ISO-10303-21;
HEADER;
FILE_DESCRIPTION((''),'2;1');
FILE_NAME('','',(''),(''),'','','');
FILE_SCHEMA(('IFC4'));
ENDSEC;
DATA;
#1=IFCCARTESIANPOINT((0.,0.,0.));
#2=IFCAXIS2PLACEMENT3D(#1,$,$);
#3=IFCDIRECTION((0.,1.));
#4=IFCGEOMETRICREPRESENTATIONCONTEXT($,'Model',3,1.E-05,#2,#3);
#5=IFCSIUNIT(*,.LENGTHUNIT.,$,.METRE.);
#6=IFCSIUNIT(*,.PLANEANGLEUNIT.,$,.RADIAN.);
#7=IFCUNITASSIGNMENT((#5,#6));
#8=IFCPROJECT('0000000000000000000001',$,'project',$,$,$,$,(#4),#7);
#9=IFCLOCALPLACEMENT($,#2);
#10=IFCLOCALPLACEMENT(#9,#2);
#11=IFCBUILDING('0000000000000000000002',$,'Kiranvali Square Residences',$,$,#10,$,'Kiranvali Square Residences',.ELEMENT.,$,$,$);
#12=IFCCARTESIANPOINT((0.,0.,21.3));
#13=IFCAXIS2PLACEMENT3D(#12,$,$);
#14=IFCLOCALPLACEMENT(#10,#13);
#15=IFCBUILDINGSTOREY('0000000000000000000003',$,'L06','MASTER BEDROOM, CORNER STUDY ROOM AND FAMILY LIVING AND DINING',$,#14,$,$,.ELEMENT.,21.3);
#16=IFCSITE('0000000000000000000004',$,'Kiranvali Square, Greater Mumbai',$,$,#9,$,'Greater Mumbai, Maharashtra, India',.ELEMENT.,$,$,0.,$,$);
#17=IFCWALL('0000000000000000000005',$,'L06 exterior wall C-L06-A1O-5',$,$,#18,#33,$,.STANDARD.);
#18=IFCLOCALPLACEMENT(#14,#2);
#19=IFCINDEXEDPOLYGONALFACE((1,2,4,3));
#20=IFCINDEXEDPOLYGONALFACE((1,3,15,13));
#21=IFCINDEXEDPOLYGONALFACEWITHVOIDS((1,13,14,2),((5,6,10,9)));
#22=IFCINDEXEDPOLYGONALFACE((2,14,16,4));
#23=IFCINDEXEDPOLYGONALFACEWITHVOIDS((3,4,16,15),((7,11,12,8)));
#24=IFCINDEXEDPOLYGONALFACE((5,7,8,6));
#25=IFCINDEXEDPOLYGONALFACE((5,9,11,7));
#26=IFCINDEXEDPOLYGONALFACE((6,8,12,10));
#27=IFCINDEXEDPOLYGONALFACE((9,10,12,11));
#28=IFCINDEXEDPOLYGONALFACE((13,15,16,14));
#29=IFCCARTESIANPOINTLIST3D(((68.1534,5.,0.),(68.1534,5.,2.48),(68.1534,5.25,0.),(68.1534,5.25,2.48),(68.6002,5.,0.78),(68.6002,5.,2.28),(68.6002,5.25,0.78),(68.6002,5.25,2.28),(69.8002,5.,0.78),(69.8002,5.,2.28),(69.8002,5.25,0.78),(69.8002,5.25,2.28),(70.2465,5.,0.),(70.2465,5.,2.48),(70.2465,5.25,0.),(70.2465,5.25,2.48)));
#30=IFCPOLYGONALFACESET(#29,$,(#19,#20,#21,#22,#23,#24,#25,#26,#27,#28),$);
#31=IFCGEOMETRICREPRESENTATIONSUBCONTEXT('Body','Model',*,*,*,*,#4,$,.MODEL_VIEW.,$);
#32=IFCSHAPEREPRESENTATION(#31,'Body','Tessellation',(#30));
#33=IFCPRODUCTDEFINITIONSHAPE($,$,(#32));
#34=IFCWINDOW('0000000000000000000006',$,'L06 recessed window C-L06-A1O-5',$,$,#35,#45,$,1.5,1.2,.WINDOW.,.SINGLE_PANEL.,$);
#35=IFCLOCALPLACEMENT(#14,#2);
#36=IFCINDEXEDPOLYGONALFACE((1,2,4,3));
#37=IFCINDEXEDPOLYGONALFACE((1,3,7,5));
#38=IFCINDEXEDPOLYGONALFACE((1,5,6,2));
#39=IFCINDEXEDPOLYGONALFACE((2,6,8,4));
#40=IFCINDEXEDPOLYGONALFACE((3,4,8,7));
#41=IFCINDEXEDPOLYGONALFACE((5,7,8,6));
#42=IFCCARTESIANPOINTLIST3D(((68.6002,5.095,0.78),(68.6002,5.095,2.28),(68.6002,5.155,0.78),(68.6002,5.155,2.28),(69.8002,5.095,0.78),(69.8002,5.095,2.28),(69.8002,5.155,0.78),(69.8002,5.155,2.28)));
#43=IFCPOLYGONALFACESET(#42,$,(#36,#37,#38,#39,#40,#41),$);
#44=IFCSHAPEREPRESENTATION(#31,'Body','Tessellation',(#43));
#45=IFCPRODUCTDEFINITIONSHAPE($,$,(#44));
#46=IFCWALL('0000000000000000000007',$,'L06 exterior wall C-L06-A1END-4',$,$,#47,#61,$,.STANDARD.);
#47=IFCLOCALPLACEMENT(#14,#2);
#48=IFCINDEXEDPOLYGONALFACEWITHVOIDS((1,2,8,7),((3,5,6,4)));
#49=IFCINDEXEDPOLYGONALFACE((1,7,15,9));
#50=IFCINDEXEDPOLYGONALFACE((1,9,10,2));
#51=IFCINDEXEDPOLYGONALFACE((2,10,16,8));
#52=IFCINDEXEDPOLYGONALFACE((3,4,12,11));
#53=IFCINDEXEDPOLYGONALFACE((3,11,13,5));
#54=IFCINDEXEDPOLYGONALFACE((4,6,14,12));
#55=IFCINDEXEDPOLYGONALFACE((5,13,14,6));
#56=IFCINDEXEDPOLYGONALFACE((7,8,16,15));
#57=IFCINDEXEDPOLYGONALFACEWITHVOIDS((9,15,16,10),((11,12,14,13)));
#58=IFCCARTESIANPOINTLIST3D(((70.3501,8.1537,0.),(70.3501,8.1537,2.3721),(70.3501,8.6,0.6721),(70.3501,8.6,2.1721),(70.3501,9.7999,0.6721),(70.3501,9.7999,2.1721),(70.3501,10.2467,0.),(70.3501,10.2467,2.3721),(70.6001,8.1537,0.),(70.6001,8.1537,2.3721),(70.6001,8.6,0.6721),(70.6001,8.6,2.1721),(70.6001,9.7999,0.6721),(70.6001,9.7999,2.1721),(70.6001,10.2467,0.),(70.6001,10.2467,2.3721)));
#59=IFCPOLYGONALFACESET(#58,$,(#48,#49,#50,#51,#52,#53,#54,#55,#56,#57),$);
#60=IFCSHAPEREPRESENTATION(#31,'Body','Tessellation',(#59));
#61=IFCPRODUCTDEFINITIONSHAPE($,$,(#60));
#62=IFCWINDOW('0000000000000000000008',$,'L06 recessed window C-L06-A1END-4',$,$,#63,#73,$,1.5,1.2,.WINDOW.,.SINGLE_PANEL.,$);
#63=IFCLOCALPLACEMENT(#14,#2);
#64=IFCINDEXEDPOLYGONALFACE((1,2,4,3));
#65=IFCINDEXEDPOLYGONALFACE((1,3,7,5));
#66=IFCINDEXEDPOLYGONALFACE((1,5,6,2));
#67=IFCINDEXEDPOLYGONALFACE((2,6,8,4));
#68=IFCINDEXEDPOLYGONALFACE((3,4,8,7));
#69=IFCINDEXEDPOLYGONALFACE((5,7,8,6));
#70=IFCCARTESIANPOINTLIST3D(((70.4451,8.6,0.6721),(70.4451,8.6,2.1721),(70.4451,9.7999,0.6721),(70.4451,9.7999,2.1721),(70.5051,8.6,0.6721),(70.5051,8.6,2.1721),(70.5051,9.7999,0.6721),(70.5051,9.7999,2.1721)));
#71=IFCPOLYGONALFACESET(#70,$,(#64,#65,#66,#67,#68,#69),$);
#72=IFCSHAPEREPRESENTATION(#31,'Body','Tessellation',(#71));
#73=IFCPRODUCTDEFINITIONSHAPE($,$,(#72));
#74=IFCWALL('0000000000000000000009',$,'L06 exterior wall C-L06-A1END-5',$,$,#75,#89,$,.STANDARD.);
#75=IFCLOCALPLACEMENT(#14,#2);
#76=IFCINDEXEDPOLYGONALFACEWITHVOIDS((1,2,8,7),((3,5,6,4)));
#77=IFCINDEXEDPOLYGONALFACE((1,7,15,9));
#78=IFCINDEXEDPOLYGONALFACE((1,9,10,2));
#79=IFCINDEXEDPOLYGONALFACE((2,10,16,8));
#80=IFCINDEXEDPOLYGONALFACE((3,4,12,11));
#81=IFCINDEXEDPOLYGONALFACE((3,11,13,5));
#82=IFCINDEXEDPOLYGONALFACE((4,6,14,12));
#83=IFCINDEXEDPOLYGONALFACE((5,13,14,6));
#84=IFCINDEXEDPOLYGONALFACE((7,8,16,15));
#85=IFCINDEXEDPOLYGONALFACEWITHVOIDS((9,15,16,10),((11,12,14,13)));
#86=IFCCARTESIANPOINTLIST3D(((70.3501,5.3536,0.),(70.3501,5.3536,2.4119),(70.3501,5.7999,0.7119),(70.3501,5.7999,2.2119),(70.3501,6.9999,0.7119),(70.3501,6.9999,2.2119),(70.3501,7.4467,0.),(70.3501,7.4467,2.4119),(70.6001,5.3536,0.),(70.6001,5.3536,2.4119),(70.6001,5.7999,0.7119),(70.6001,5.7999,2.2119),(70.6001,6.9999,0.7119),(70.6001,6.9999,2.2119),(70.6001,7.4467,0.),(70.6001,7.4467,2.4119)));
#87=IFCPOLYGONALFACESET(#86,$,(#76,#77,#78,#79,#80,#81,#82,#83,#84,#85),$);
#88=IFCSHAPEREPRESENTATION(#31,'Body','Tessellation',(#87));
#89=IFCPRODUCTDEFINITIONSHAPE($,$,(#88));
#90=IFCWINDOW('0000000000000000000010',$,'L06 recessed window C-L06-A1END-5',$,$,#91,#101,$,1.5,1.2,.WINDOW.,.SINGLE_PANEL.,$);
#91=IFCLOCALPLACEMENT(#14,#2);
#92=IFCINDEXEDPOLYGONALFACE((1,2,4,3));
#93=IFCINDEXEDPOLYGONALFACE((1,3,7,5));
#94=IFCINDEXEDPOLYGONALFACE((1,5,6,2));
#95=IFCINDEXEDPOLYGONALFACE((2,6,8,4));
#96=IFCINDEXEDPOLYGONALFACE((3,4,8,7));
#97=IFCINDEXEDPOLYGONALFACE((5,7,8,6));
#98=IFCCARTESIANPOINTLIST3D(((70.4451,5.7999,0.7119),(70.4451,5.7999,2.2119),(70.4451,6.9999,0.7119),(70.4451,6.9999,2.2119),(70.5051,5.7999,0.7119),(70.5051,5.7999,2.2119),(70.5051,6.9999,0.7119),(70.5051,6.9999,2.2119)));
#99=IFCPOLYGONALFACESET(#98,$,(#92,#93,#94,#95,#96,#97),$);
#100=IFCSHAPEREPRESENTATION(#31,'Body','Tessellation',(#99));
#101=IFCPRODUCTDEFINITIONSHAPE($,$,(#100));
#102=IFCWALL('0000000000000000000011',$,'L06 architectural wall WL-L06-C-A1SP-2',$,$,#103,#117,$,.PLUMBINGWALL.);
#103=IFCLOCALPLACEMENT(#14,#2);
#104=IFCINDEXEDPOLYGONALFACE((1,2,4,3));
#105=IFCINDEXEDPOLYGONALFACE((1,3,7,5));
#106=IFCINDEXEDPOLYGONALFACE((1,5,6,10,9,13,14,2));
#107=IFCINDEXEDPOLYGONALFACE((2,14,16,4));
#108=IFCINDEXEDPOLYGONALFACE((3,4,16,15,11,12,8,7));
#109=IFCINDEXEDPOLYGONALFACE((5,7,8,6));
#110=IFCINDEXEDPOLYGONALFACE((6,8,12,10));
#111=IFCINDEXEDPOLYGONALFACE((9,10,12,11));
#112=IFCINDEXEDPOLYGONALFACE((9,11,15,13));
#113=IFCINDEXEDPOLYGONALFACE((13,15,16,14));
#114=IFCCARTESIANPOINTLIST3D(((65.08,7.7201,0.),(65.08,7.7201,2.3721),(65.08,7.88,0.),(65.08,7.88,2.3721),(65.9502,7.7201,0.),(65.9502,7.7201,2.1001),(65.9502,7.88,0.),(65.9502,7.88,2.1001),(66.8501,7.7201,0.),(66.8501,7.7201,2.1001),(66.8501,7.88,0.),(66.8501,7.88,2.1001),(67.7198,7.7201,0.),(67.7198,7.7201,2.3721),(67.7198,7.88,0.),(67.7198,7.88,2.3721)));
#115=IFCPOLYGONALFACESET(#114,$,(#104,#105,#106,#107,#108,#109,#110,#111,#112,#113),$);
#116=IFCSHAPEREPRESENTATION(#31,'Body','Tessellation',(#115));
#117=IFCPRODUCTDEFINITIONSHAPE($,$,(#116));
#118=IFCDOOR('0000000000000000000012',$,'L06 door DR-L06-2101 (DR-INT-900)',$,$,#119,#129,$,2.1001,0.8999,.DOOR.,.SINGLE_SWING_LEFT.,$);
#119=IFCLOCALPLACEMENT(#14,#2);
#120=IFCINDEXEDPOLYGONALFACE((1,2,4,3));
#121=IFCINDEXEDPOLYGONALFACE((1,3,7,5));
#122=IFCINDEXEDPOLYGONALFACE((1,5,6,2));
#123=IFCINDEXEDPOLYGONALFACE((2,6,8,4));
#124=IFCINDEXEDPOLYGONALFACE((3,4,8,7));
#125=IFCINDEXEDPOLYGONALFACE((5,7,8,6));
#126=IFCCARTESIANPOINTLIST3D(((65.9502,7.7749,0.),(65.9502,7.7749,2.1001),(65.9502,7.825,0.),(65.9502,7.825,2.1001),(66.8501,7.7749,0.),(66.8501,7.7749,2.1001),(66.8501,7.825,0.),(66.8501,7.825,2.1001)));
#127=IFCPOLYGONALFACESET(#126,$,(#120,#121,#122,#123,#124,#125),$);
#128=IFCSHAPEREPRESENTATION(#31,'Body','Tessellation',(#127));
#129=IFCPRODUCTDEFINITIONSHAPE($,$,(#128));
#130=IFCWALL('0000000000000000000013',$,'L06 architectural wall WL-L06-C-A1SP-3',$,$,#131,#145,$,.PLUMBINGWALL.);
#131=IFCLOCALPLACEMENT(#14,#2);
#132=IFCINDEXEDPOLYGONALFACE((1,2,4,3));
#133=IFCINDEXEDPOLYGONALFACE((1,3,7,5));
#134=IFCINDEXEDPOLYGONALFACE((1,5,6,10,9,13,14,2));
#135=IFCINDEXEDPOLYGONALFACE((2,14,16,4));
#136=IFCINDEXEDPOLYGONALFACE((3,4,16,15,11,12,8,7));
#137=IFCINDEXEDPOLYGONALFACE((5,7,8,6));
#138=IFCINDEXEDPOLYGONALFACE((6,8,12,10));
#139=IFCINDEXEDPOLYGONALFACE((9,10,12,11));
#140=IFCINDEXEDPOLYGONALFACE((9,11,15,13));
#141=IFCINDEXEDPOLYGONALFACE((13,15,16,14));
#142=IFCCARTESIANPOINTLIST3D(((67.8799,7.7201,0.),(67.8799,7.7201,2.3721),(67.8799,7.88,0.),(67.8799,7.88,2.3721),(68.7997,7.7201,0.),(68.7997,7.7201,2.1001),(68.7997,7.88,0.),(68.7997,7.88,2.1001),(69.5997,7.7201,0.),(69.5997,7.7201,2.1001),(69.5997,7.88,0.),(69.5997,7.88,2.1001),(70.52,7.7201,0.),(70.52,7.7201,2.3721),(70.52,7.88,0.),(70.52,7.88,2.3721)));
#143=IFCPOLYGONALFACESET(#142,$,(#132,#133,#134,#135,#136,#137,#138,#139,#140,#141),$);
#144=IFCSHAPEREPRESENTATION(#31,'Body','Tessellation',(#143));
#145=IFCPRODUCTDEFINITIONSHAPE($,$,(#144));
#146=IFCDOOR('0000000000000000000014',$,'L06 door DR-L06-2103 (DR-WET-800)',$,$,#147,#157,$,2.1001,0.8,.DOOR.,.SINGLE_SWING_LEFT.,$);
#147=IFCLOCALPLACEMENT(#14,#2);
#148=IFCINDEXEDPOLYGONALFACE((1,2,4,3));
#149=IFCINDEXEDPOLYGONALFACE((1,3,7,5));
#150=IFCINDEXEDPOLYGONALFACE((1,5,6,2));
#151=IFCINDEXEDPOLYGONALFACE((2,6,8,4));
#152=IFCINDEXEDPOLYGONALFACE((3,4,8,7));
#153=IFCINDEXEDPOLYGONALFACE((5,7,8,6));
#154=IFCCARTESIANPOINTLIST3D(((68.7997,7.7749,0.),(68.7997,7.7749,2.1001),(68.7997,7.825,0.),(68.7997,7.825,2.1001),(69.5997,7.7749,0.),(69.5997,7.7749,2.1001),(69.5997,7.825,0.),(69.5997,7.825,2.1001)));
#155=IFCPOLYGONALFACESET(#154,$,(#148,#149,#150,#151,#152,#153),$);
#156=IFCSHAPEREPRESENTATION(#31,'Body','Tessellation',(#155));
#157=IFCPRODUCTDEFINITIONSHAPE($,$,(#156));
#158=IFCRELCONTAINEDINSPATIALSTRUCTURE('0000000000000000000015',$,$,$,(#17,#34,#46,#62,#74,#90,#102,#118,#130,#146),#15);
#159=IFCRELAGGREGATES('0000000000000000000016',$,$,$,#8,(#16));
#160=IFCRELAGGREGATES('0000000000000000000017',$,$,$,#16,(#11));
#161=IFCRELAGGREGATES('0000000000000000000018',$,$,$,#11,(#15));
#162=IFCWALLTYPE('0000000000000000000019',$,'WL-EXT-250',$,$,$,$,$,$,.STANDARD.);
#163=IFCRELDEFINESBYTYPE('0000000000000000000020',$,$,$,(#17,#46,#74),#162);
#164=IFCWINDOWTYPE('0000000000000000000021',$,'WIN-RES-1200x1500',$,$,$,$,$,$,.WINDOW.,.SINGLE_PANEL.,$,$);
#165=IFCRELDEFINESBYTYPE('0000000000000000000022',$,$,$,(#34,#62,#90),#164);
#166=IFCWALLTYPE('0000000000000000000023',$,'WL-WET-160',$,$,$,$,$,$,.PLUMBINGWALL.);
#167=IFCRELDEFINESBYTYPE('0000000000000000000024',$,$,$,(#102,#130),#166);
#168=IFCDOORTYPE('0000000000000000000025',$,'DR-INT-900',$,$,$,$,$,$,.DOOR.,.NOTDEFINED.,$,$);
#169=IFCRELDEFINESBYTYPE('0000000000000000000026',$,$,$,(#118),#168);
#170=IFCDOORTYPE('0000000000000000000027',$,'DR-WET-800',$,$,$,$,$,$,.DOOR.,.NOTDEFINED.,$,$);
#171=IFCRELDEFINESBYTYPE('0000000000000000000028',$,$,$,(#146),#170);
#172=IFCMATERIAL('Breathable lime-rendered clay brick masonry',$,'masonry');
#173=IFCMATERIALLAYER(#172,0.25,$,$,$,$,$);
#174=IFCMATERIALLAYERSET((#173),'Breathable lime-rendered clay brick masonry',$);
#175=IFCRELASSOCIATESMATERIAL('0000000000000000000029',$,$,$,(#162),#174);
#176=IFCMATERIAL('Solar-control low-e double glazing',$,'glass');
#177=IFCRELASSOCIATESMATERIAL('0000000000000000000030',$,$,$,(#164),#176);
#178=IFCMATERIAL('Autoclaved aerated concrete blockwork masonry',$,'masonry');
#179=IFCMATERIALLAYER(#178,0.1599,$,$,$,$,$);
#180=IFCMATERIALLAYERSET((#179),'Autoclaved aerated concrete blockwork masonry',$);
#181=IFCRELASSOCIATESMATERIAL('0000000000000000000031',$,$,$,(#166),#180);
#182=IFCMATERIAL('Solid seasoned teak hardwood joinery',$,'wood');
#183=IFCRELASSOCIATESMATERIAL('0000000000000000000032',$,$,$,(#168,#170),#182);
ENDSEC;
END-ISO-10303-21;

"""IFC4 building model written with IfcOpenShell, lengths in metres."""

from ifc_helpers import new_model, si_unit, direction, frame, frame_2d, origin, place, context, subcontext, project, spatial, rectangle, extrude, material, layer, layer_set, type_object, element, fill, save


model = new_model("IFC4")

# Units and contexts
model_context = context("Model", 3, precision=1e-05, world=origin(), true_north=direction((0.0, 1.0)))
body_context = subcontext(model_context, "Body", "Model", "MODEL_VIEW")
ifc_project = project(units=[si_unit("LENGTHUNIT", "METRE"), si_unit("PLANEANGLEUNIT", "RADIAN")], contexts=[model_context])

# Site, building, storey
site_placement = place(None, origin())
site = spatial("IfcSite", under=ifc_project, at=site_placement, Name="Kiranvali Square, Greater Mumbai", LongName="Greater Mumbai, Maharashtra, India", CompositionType="ELEMENT", RefElevation=0.0)
building_placement = place(site_placement, origin())
building = spatial("IfcBuilding", under=site, at=building_placement, Name="Kiranvali Square Residences", LongName="Kiranvali Square Residences", CompositionType="ELEMENT")
storey_placement = place(building_placement, frame((0.0, 0.0, 21.3)))
storey = spatial("IfcBuildingStorey", under=building, at=storey_placement, Name="L06", Description="MASTER BEDROOM, CORNER STUDY ROOM AND FAMILY LIVING AND DINING", CompositionType="ELEMENT", Elevation=21.3)

# Walls, openings, windows
ifc_material_1 = material(Name="Breathable lime-rendered clay brick masonry", Category="masonry")
ifc_layer_1 = layer(ifc_material_1, 0.25)
ifc_layer_set_1 = layer_set([ifc_layer_1], Name="Breathable lime-rendered clay brick masonry")
wall_type_1 = type_object("IfcWallType", Name="WL-EXT-250", PredefinedType="STANDARD", material=ifc_layer_set_1)
ifc_material_2 = material(Name="Solar-control low-e double glazing", Category="glass")
wall_1_placement = place(storey_placement, frame((68.1536, 5.125, 0.0), z_axis=(0.0, 0.0, 1.0), x_axis=(1.0, 0.0, 0.0)))
wall_1 = element("IfcWall", 1, at=wall_1_placement, inside=storey, type_object=wall_type_1, Name="L06 exterior wall C-L06-A1O-5", PredefinedType="STANDARD", context=body_context, shape_type="SweptSolid", body=[
    extrude(rectangle(XDim=2.093, YDim=0.25, at=frame_2d((1.0464, 0.0))), origin(), (0.0, 0.0, 1.0), 2.48),
])
opening_1_placement = place(wall_1_placement, frame((0.4465, 0.0, 0.78)))
opening_1 = element("IfcOpeningElement", 2, at=opening_1_placement, cuts=wall_1, PredefinedType="OPENING", context=body_context, shape_type="SweptSolid", body=[
    extrude(rectangle(XDim=1.2, YDim=1.5, at=frame_2d((0.6001, 0.75))), frame((0.0, 0.135, 0.0), z_axis=(0.0, -1.0, 0.0), x_axis=(1.0, 0.0, 0.0)), (0.0, 0.0, 1.0), 0.27),
])
window_type_1 = type_object("IfcWindowType", Name="WIN-RES-1200x1500", PartitioningType="SINGLE_PANEL", PredefinedType="WINDOW", material=ifc_material_2)
window_1_placement = place(opening_1_placement, origin())
window_1 = element("IfcWindow", 3, at=window_1_placement, inside=storey, type_object=window_type_1, Name="L06 recessed window C-L06-A1O-5", OverallHeight=1.5, OverallWidth=1.2, PartitioningType="SINGLE_PANEL", PredefinedType="WINDOW", context=body_context, shape_type="SweptSolid", body=[
    extrude(rectangle(XDim=1.2, YDim=1.5, at=frame_2d((0.6001, 0.75))), frame((0.0, 0.03, 0.0), z_axis=(0.0, -1.0, 0.0), x_axis=(1.0, 0.0, 0.0)), (0.0, 0.0, 1.0), 0.0601),
])
fill(opening_1, window_1)
wall_2_placement = place(storey_placement, frame((70.4751, 10.2466, 0.0), z_axis=(0.0, 0.0, 1.0), x_axis=(0.0, -1.0, 0.0)))
wall_2 = element("IfcWall", 4, at=wall_2_placement, inside=storey, type_object=wall_type_1, Name="L06 exterior wall C-L06-A1END-4", PredefinedType="STANDARD", context=body_context, shape_type="SweptSolid", body=[
    extrude(rectangle(XDim=2.093, YDim=0.25, at=frame_2d((1.0464, 0.0))), origin(), (0.0, 0.0, 1.0), 2.3721),
])
opening_2_placement = place(wall_2_placement, frame((0.4465, 0.0, 0.6721)))
opening_2 = element("IfcOpeningElement", 5, at=opening_2_placement, cuts=wall_2, PredefinedType="OPENING", context=body_context, shape_type="SweptSolid", body=[
    extrude(rectangle(XDim=1.2, YDim=1.5, at=frame_2d((0.6001, 0.75))), frame((0.0, 0.135, 0.0), z_axis=(0.0, -1.0, 0.0), x_axis=(1.0, 0.0, 0.0)), (0.0, 0.0, 1.0), 0.27),
])
window_2_placement = place(opening_2_placement, origin())
window_2 = element("IfcWindow", 6, at=window_2_placement, inside=storey, type_object=window_type_1, Name="L06 recessed window C-L06-A1END-4", OverallHeight=1.5, OverallWidth=1.2, PartitioningType="SINGLE_PANEL", PredefinedType="WINDOW", context=body_context, shape_type="SweptSolid", body=[
    extrude(rectangle(XDim=1.2, YDim=1.5, at=frame_2d((0.6001, 0.75))), frame((0.0, 0.03, 0.0), z_axis=(0.0, -1.0, 0.0), x_axis=(1.0, 0.0, 0.0)), (0.0, 0.0, 1.0), 0.0601),
])
fill(opening_2, window_2)
wall_3_placement = place(storey_placement, frame((70.4751, 7.4465, 0.0), z_axis=(0.0, 0.0, 1.0), x_axis=(0.0, -1.0, 0.0)))
wall_3 = element("IfcWall", 7, at=wall_3_placement, inside=storey, type_object=wall_type_1, Name="L06 exterior wall C-L06-A1END-5", PredefinedType="STANDARD", context=body_context, shape_type="SweptSolid", body=[
    extrude(rectangle(XDim=2.093, YDim=0.25, at=frame_2d((1.0464, 0.0))), origin(), (0.0, 0.0, 1.0), 2.4119),
])
opening_3_placement = place(wall_3_placement, frame((0.4465, 0.0, 0.7119)))
opening_3 = element("IfcOpeningElement", 8, at=opening_3_placement, cuts=wall_3, PredefinedType="OPENING", context=body_context, shape_type="SweptSolid", body=[
    extrude(rectangle(XDim=1.2, YDim=1.5, at=frame_2d((0.6001, 0.75))), frame((0.0, 0.135, 0.0), z_axis=(0.0, -1.0, 0.0), x_axis=(1.0, 0.0, 0.0)), (0.0, 0.0, 1.0), 0.27),
])
window_3_placement = place(opening_3_placement, origin())
window_3 = element("IfcWindow", 9, at=window_3_placement, inside=storey, type_object=window_type_1, Name="L06 recessed window C-L06-A1END-5", OverallHeight=1.5, OverallWidth=1.2, PartitioningType="SINGLE_PANEL", PredefinedType="WINDOW", context=body_context, shape_type="SweptSolid", body=[
    extrude(rectangle(XDim=1.2, YDim=1.5, at=frame_2d((0.6001, 0.75))), frame((0.0, 0.03, 0.0), z_axis=(0.0, -1.0, 0.0), x_axis=(1.0, 0.0, 0.0)), (0.0, 0.0, 1.0), 0.0601),
])
fill(opening_3, window_3)

# Walls, openings, doors
ifc_material_3 = material(Name="Autoclaved aerated concrete blockwork masonry", Category="masonry")
ifc_layer_2 = layer(ifc_material_3, 0.1599)
ifc_layer_set_2 = layer_set([ifc_layer_2], Name="Autoclaved aerated concrete blockwork masonry")
wall_type_2 = type_object("IfcWallType", Name="WL-WET-160", PredefinedType="PLUMBINGWALL", material=ifc_layer_set_2)
wall_4_placement = place(storey_placement, frame((65.0801, 7.8, 0.0), z_axis=(0.0, 0.0, 1.0), x_axis=(1.0, 0.0, 0.0)))
wall_4 = element("IfcWall", 10, at=wall_4_placement, inside=storey, type_object=wall_type_2, Name="L06 architectural wall WL-L06-C-A1SP-2", PredefinedType="PLUMBINGWALL", context=body_context, shape_type="SweptSolid", body=[
    extrude(rectangle(XDim=2.6399, YDim=0.1599, at=frame_2d((1.3198, 0.0))), origin(), (0.0, 0.0, 1.0), 2.3721),
])
opening_4_placement = place(wall_4_placement, frame((0.8701, 0.0, 0.0)))
opening_4 = element("IfcOpeningElement", 11, at=opening_4_placement, cuts=wall_4, PredefinedType="OPENING", context=body_context, shape_type="SweptSolid", body=[
    extrude(rectangle(XDim=0.8999, YDim=2.1001, at=frame_2d((0.45, 1.05))), frame((0.0, 0.0898, 0.0), z_axis=(0.0, -1.0, 0.0), x_axis=(1.0, 0.0, 0.0)), (0.0, 0.0, 1.0), 0.1799),
])
ifc_material_4 = material(Name="Solid seasoned teak hardwood joinery", Category="wood")
door_type_1 = type_object("IfcDoorType", Name="DR-INT-900", OperationType="NOTDEFINED", PredefinedType="DOOR", material=ifc_material_4)
door_1_placement = place(opening_4_placement, origin())
door_1 = element("IfcDoor", 12, at=door_1_placement, inside=storey, type_object=door_type_1, Name="L06 door DR-L06-2101 (DR-INT-900)", OperationType="SINGLE_SWING_LEFT", OverallHeight=2.1001, OverallWidth=0.8999, PredefinedType="DOOR", context=body_context, shape_type="SweptSolid", body=[
    extrude(rectangle(XDim=0.8999, YDim=2.1001, at=frame_2d((0.45, 1.05))), frame((0.0, 0.0249, 0.0), z_axis=(0.0, -1.0, 0.0), x_axis=(1.0, 0.0, 0.0)), (0.0, 0.0, 1.0), 0.05),
])
fill(opening_4, door_1)
wall_5_placement = place(storey_placement, frame((67.8799, 7.8, 0.0), z_axis=(0.0, 0.0, 1.0), x_axis=(1.0, 0.0, 0.0)))
wall_5 = element("IfcWall", 13, at=wall_5_placement, inside=storey, type_object=wall_type_2, Name="L06 architectural wall WL-L06-C-A1SP-3", PredefinedType="PLUMBINGWALL", context=body_context, shape_type="SweptSolid", body=[
    extrude(rectangle(XDim=2.6401, YDim=0.1599, at=frame_2d((1.3201, 0.0))), origin(), (0.0, 0.0, 1.0), 2.3721),
])
opening_5_placement = place(wall_5_placement, frame((0.9199, 0.0, 0.0)))
opening_5 = element("IfcOpeningElement", 14, at=opening_5_placement, cuts=wall_5, PredefinedType="OPENING", context=body_context, shape_type="SweptSolid", body=[
    extrude(rectangle(XDim=0.8, YDim=2.1001, at=frame_2d((0.3999, 1.05))), frame((0.0, 0.0898, 0.0), z_axis=(0.0, -1.0, 0.0), x_axis=(1.0, 0.0, 0.0)), (0.0, 0.0, 1.0), 0.1799),
])
door_type_2 = type_object("IfcDoorType", Name="DR-WET-800", OperationType="NOTDEFINED", PredefinedType="DOOR", material=ifc_material_4)
door_2_placement = place(opening_5_placement, origin())
door_2 = element("IfcDoor", 15, at=door_2_placement, inside=storey, type_object=door_type_2, Name="L06 door DR-L06-2103 (DR-WET-800)", OperationType="SINGLE_SWING_LEFT", OverallHeight=2.1001, OverallWidth=0.8, PredefinedType="DOOR", context=body_context, shape_type="SweptSolid", body=[
    extrude(rectangle(XDim=0.8, YDim=2.1001, at=frame_2d((0.3999, 1.05))), frame((0.0, 0.0249, 0.0), z_axis=(0.0, -1.0, 0.0), x_axis=(1.0, 0.0, 0.0)), (0.0, 0.0, 1.0), 0.05),
])
fill(opening_5, door_2)

save(model, "model.ifc")
